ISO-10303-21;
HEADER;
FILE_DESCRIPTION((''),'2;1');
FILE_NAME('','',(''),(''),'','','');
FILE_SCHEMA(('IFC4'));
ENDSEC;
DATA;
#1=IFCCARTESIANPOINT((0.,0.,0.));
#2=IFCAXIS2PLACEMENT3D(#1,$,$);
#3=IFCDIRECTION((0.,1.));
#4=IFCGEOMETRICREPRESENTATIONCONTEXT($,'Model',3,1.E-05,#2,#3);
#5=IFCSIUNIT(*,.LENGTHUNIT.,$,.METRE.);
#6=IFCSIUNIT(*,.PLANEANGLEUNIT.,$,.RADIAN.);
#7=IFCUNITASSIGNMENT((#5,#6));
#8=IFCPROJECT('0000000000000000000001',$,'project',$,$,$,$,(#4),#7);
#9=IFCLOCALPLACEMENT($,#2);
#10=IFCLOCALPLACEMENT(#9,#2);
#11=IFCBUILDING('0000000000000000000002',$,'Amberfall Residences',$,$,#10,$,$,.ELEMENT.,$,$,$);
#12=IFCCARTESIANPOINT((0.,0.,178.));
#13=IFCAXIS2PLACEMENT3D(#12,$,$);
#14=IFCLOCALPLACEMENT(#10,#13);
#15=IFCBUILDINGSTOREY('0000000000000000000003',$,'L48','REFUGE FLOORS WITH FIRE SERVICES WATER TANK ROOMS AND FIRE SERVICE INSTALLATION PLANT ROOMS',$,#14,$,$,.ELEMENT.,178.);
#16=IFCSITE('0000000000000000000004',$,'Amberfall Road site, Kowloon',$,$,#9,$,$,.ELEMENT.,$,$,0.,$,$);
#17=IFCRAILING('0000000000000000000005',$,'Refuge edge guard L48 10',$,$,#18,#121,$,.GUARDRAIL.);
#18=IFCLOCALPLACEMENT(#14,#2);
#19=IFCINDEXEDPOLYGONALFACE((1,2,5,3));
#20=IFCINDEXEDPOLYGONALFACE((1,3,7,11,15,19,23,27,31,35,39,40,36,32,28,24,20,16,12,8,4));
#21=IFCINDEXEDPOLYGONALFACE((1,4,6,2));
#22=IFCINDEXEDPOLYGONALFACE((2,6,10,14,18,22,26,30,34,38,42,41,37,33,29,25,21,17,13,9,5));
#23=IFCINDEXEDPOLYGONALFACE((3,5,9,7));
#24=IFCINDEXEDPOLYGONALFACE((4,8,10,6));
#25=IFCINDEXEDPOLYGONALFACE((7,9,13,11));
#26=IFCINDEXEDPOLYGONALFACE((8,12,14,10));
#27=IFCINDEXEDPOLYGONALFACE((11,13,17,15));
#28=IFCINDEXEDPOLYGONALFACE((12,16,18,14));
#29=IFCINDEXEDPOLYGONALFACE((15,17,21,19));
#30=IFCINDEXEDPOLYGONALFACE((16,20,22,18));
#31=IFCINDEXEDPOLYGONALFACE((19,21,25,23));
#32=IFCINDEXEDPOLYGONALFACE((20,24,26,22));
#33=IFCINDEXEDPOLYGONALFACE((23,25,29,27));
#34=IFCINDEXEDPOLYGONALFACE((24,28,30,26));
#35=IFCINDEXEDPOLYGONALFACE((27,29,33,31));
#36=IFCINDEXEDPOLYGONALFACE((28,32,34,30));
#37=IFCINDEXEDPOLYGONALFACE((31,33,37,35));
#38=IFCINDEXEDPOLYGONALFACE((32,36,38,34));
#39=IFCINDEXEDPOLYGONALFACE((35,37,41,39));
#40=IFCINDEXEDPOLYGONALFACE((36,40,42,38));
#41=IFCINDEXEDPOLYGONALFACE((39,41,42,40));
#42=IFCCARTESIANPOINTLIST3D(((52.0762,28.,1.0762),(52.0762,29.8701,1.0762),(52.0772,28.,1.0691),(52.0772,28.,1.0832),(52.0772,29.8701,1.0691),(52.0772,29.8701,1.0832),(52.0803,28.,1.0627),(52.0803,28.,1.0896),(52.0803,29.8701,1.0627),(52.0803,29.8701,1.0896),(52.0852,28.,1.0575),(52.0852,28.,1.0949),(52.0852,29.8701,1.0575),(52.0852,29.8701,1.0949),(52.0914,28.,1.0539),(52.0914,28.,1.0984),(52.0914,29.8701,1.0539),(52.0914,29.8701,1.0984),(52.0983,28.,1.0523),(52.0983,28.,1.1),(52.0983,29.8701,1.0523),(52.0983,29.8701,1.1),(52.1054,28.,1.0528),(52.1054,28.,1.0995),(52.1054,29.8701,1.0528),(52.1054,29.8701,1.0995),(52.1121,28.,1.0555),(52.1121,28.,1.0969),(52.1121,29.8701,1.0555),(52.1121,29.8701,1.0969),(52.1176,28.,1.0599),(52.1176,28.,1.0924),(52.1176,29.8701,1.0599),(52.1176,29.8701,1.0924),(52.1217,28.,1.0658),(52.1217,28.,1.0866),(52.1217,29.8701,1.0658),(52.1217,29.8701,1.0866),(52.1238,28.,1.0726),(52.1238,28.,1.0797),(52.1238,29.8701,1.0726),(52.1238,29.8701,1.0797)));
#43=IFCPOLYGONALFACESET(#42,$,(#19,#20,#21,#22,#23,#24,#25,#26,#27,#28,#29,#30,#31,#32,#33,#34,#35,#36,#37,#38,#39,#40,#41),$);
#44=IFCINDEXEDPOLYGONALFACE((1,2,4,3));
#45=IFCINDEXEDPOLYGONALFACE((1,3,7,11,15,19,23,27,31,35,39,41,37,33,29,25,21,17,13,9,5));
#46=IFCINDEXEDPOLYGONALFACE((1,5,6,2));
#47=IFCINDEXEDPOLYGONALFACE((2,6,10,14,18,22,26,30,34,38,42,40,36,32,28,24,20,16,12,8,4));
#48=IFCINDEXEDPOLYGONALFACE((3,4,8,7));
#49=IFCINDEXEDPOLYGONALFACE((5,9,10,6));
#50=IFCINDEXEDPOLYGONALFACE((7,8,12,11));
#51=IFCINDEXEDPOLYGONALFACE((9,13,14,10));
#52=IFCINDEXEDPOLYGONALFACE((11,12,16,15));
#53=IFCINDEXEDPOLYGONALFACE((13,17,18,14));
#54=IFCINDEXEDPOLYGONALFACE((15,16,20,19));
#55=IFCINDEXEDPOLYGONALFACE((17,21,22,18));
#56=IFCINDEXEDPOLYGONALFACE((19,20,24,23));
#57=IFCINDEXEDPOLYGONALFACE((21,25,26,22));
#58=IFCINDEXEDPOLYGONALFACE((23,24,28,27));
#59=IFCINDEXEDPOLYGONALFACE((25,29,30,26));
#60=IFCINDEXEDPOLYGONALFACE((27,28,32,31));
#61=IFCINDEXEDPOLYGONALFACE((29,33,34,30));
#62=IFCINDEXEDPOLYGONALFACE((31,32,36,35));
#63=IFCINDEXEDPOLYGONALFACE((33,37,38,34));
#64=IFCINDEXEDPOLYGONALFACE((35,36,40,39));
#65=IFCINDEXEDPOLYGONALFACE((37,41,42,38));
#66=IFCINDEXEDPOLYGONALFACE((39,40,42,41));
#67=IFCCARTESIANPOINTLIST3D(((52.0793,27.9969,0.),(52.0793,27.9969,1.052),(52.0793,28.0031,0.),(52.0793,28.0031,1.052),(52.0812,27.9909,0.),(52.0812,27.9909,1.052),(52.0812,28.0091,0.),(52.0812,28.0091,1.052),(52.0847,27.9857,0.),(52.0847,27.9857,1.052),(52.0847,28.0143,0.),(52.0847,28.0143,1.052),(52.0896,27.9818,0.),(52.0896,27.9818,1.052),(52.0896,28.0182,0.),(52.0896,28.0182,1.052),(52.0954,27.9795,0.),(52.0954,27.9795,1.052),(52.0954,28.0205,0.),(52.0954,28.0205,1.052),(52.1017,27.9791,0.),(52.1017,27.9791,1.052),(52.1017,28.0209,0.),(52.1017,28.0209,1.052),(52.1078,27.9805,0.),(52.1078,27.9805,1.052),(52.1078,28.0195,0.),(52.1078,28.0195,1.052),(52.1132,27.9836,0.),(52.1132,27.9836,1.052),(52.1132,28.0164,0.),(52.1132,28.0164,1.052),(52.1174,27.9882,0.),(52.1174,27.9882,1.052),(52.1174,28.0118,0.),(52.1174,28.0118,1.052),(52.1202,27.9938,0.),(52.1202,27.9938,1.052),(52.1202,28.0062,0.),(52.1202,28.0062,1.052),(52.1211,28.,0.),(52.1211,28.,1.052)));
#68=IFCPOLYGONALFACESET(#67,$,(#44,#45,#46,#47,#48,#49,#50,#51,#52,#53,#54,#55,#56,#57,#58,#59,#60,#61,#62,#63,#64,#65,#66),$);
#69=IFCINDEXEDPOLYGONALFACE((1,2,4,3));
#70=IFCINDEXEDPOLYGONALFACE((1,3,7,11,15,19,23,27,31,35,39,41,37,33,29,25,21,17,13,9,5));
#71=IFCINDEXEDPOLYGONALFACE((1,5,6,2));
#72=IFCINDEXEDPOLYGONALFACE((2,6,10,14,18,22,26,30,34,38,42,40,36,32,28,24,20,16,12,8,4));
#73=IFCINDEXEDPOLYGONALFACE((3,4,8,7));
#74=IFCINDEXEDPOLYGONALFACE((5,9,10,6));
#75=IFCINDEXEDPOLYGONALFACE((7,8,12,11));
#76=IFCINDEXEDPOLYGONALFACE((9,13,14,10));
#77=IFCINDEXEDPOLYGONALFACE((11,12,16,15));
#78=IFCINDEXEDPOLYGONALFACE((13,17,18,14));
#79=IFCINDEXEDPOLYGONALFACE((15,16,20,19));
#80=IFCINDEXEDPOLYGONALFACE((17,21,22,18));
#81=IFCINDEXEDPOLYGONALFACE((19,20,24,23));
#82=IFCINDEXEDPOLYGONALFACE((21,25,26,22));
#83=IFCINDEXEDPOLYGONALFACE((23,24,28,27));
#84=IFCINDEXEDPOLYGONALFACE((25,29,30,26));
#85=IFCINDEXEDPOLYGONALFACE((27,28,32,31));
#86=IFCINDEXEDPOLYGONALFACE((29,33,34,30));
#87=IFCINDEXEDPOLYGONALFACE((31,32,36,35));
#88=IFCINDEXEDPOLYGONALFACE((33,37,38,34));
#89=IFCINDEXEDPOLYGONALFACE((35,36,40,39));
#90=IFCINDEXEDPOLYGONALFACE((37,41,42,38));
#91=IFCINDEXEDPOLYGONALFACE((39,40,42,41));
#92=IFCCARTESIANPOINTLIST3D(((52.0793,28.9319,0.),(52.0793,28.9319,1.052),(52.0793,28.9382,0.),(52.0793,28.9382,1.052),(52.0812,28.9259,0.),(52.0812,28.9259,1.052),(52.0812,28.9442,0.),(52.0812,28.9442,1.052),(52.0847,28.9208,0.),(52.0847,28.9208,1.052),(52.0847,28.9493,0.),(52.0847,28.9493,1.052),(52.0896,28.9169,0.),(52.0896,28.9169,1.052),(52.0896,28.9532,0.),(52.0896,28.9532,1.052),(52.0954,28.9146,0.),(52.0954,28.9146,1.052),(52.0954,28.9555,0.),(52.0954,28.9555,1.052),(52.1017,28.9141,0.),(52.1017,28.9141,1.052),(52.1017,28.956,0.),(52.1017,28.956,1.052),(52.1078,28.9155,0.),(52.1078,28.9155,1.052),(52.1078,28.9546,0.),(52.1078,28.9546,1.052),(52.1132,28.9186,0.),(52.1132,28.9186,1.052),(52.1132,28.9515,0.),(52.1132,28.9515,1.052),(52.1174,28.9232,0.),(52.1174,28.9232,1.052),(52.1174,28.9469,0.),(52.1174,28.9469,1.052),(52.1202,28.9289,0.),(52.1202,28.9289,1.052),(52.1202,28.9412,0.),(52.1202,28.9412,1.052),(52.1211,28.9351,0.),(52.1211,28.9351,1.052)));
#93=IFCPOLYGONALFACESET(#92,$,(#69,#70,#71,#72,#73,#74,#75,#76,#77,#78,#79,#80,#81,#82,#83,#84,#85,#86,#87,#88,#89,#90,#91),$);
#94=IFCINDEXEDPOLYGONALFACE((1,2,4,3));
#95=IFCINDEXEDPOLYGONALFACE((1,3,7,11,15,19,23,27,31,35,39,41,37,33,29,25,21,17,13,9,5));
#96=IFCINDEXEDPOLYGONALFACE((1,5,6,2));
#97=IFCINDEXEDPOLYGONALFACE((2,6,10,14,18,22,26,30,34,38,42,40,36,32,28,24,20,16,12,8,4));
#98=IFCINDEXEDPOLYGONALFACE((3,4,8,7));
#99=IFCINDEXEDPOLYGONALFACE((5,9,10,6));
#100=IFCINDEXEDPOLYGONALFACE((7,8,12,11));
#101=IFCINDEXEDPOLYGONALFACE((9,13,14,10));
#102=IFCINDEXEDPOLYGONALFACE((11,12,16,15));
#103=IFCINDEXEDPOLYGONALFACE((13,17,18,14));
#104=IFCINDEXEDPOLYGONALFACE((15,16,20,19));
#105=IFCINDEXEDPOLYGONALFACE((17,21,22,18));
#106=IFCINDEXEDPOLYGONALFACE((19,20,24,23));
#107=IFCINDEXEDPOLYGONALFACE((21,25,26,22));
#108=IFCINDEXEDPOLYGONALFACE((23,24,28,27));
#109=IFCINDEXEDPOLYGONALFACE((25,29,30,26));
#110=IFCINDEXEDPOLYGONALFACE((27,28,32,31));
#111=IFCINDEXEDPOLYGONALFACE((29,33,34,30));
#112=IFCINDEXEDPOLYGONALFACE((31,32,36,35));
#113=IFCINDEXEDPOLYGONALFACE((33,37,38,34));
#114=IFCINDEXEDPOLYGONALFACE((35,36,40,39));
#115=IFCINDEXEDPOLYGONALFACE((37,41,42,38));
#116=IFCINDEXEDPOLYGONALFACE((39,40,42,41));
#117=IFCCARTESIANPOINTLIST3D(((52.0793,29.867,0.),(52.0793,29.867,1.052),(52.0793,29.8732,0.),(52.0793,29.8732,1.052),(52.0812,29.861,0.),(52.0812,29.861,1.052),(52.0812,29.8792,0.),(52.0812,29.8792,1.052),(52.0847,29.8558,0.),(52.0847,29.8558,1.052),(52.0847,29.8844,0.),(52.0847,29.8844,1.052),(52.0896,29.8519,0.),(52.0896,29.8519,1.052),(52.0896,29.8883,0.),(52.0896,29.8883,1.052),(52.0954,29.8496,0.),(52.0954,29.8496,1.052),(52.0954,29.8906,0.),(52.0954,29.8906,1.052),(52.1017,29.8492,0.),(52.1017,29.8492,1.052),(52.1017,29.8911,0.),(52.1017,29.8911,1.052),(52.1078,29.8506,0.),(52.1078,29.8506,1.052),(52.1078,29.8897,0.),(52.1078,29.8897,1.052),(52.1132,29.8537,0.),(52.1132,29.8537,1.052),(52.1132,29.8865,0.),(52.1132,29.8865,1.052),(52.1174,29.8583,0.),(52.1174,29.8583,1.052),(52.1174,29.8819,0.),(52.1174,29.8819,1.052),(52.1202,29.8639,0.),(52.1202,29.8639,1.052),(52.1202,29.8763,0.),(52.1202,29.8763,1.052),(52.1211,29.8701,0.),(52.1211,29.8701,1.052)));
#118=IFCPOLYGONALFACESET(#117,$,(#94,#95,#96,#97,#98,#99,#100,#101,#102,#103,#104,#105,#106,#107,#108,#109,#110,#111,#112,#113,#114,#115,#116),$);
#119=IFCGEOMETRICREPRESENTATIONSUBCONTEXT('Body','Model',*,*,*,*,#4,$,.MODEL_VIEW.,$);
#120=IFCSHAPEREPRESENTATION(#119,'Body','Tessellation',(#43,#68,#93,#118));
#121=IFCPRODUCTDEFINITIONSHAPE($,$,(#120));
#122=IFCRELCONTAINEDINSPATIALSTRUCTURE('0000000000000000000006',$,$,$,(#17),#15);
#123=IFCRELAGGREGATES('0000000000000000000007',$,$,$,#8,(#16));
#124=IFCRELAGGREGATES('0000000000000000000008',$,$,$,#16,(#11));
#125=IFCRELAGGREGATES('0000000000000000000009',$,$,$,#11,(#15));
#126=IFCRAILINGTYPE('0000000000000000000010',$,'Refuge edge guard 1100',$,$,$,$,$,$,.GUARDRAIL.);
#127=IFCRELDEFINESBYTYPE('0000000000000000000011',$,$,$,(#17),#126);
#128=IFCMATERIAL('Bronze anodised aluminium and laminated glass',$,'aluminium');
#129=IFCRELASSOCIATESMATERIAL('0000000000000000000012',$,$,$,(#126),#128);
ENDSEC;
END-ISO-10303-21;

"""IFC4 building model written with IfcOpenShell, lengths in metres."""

from ifc_helpers import new_model, si_unit, direction, frame, origin, origin_2d, place, context, subcontext, project, spatial, circle, extrude, material, type_object, element, save


model = new_model("IFC4")

# Units and contexts
model_context = context("Model", 3, precision=1e-05, world=origin(), true_north=direction((0.0, 1.0)))
body_context = subcontext(model_context, "Body", "Model", "MODEL_VIEW")
ifc_project = project(units=[si_unit("LENGTHUNIT", "METRE"), si_unit("PLANEANGLEUNIT", "RADIAN")], contexts=[model_context])

# Site, building, storey
site_placement = place(None, origin())
site = spatial("IfcSite", under=ifc_project, at=site_placement, Name="Amberfall Road site, Kowloon", CompositionType="ELEMENT", RefElevation=0.0)
building_placement = place(site_placement, origin())
building = spatial("IfcBuilding", under=site, at=building_placement, Name="Amberfall Residences", CompositionType="ELEMENT")
storey_placement = place(building_placement, frame((0.0, 0.0, 178.0)))
storey = spatial("IfcBuildingStorey", under=building, at=storey_placement, Name="L48", Description="REFUGE FLOORS WITH FIRE SERVICES WATER TANK ROOMS AND FIRE SERVICE INSTALLATION PLANT ROOMS", CompositionType="ELEMENT", Elevation=178.0)

# Railing
ifc_material_1 = material(Name="Bronze anodised aluminium and laminated glass", Category="aluminium")
railing_type = type_object("IfcRailingType", Name="Refuge edge guard 1100", PredefinedType="GUARDRAIL", material=ifc_material_1)
railing_placement = place(storey_placement, frame((52.1001, 28.0, 0.0)))
element("IfcRailing", 1, at=railing_placement, inside=storey, type_object=railing_type, Name="Refuge edge guard L48 10", PredefinedType="GUARDRAIL", context=body_context, shape_type="SweptSolid", body=[
    extrude(circle(Radius=0.0239, at=origin_2d()), frame((0.0, 0.0, 1.0762), z_axis=(0.0, 1.0, 0.0), x_axis=(-1.0, 0.0, 0.0)), (0.0, 0.0, 1.0), 1.8701),
    extrude(circle(Radius=0.021, at=origin_2d()), origin(), (0.0, 0.0, 1.0), 1.052),
    extrude(circle(Radius=0.021, at=origin_2d()), frame((0.0, 0.9351, 0.0)), (0.0, 0.0, 1.0), 1.052),
    extrude(circle(Radius=0.021, at=origin_2d()), frame((0.0, 1.8701, 0.0)), (0.0, 0.0, 1.0), 1.052),
])

save(model, "model.ifc")
